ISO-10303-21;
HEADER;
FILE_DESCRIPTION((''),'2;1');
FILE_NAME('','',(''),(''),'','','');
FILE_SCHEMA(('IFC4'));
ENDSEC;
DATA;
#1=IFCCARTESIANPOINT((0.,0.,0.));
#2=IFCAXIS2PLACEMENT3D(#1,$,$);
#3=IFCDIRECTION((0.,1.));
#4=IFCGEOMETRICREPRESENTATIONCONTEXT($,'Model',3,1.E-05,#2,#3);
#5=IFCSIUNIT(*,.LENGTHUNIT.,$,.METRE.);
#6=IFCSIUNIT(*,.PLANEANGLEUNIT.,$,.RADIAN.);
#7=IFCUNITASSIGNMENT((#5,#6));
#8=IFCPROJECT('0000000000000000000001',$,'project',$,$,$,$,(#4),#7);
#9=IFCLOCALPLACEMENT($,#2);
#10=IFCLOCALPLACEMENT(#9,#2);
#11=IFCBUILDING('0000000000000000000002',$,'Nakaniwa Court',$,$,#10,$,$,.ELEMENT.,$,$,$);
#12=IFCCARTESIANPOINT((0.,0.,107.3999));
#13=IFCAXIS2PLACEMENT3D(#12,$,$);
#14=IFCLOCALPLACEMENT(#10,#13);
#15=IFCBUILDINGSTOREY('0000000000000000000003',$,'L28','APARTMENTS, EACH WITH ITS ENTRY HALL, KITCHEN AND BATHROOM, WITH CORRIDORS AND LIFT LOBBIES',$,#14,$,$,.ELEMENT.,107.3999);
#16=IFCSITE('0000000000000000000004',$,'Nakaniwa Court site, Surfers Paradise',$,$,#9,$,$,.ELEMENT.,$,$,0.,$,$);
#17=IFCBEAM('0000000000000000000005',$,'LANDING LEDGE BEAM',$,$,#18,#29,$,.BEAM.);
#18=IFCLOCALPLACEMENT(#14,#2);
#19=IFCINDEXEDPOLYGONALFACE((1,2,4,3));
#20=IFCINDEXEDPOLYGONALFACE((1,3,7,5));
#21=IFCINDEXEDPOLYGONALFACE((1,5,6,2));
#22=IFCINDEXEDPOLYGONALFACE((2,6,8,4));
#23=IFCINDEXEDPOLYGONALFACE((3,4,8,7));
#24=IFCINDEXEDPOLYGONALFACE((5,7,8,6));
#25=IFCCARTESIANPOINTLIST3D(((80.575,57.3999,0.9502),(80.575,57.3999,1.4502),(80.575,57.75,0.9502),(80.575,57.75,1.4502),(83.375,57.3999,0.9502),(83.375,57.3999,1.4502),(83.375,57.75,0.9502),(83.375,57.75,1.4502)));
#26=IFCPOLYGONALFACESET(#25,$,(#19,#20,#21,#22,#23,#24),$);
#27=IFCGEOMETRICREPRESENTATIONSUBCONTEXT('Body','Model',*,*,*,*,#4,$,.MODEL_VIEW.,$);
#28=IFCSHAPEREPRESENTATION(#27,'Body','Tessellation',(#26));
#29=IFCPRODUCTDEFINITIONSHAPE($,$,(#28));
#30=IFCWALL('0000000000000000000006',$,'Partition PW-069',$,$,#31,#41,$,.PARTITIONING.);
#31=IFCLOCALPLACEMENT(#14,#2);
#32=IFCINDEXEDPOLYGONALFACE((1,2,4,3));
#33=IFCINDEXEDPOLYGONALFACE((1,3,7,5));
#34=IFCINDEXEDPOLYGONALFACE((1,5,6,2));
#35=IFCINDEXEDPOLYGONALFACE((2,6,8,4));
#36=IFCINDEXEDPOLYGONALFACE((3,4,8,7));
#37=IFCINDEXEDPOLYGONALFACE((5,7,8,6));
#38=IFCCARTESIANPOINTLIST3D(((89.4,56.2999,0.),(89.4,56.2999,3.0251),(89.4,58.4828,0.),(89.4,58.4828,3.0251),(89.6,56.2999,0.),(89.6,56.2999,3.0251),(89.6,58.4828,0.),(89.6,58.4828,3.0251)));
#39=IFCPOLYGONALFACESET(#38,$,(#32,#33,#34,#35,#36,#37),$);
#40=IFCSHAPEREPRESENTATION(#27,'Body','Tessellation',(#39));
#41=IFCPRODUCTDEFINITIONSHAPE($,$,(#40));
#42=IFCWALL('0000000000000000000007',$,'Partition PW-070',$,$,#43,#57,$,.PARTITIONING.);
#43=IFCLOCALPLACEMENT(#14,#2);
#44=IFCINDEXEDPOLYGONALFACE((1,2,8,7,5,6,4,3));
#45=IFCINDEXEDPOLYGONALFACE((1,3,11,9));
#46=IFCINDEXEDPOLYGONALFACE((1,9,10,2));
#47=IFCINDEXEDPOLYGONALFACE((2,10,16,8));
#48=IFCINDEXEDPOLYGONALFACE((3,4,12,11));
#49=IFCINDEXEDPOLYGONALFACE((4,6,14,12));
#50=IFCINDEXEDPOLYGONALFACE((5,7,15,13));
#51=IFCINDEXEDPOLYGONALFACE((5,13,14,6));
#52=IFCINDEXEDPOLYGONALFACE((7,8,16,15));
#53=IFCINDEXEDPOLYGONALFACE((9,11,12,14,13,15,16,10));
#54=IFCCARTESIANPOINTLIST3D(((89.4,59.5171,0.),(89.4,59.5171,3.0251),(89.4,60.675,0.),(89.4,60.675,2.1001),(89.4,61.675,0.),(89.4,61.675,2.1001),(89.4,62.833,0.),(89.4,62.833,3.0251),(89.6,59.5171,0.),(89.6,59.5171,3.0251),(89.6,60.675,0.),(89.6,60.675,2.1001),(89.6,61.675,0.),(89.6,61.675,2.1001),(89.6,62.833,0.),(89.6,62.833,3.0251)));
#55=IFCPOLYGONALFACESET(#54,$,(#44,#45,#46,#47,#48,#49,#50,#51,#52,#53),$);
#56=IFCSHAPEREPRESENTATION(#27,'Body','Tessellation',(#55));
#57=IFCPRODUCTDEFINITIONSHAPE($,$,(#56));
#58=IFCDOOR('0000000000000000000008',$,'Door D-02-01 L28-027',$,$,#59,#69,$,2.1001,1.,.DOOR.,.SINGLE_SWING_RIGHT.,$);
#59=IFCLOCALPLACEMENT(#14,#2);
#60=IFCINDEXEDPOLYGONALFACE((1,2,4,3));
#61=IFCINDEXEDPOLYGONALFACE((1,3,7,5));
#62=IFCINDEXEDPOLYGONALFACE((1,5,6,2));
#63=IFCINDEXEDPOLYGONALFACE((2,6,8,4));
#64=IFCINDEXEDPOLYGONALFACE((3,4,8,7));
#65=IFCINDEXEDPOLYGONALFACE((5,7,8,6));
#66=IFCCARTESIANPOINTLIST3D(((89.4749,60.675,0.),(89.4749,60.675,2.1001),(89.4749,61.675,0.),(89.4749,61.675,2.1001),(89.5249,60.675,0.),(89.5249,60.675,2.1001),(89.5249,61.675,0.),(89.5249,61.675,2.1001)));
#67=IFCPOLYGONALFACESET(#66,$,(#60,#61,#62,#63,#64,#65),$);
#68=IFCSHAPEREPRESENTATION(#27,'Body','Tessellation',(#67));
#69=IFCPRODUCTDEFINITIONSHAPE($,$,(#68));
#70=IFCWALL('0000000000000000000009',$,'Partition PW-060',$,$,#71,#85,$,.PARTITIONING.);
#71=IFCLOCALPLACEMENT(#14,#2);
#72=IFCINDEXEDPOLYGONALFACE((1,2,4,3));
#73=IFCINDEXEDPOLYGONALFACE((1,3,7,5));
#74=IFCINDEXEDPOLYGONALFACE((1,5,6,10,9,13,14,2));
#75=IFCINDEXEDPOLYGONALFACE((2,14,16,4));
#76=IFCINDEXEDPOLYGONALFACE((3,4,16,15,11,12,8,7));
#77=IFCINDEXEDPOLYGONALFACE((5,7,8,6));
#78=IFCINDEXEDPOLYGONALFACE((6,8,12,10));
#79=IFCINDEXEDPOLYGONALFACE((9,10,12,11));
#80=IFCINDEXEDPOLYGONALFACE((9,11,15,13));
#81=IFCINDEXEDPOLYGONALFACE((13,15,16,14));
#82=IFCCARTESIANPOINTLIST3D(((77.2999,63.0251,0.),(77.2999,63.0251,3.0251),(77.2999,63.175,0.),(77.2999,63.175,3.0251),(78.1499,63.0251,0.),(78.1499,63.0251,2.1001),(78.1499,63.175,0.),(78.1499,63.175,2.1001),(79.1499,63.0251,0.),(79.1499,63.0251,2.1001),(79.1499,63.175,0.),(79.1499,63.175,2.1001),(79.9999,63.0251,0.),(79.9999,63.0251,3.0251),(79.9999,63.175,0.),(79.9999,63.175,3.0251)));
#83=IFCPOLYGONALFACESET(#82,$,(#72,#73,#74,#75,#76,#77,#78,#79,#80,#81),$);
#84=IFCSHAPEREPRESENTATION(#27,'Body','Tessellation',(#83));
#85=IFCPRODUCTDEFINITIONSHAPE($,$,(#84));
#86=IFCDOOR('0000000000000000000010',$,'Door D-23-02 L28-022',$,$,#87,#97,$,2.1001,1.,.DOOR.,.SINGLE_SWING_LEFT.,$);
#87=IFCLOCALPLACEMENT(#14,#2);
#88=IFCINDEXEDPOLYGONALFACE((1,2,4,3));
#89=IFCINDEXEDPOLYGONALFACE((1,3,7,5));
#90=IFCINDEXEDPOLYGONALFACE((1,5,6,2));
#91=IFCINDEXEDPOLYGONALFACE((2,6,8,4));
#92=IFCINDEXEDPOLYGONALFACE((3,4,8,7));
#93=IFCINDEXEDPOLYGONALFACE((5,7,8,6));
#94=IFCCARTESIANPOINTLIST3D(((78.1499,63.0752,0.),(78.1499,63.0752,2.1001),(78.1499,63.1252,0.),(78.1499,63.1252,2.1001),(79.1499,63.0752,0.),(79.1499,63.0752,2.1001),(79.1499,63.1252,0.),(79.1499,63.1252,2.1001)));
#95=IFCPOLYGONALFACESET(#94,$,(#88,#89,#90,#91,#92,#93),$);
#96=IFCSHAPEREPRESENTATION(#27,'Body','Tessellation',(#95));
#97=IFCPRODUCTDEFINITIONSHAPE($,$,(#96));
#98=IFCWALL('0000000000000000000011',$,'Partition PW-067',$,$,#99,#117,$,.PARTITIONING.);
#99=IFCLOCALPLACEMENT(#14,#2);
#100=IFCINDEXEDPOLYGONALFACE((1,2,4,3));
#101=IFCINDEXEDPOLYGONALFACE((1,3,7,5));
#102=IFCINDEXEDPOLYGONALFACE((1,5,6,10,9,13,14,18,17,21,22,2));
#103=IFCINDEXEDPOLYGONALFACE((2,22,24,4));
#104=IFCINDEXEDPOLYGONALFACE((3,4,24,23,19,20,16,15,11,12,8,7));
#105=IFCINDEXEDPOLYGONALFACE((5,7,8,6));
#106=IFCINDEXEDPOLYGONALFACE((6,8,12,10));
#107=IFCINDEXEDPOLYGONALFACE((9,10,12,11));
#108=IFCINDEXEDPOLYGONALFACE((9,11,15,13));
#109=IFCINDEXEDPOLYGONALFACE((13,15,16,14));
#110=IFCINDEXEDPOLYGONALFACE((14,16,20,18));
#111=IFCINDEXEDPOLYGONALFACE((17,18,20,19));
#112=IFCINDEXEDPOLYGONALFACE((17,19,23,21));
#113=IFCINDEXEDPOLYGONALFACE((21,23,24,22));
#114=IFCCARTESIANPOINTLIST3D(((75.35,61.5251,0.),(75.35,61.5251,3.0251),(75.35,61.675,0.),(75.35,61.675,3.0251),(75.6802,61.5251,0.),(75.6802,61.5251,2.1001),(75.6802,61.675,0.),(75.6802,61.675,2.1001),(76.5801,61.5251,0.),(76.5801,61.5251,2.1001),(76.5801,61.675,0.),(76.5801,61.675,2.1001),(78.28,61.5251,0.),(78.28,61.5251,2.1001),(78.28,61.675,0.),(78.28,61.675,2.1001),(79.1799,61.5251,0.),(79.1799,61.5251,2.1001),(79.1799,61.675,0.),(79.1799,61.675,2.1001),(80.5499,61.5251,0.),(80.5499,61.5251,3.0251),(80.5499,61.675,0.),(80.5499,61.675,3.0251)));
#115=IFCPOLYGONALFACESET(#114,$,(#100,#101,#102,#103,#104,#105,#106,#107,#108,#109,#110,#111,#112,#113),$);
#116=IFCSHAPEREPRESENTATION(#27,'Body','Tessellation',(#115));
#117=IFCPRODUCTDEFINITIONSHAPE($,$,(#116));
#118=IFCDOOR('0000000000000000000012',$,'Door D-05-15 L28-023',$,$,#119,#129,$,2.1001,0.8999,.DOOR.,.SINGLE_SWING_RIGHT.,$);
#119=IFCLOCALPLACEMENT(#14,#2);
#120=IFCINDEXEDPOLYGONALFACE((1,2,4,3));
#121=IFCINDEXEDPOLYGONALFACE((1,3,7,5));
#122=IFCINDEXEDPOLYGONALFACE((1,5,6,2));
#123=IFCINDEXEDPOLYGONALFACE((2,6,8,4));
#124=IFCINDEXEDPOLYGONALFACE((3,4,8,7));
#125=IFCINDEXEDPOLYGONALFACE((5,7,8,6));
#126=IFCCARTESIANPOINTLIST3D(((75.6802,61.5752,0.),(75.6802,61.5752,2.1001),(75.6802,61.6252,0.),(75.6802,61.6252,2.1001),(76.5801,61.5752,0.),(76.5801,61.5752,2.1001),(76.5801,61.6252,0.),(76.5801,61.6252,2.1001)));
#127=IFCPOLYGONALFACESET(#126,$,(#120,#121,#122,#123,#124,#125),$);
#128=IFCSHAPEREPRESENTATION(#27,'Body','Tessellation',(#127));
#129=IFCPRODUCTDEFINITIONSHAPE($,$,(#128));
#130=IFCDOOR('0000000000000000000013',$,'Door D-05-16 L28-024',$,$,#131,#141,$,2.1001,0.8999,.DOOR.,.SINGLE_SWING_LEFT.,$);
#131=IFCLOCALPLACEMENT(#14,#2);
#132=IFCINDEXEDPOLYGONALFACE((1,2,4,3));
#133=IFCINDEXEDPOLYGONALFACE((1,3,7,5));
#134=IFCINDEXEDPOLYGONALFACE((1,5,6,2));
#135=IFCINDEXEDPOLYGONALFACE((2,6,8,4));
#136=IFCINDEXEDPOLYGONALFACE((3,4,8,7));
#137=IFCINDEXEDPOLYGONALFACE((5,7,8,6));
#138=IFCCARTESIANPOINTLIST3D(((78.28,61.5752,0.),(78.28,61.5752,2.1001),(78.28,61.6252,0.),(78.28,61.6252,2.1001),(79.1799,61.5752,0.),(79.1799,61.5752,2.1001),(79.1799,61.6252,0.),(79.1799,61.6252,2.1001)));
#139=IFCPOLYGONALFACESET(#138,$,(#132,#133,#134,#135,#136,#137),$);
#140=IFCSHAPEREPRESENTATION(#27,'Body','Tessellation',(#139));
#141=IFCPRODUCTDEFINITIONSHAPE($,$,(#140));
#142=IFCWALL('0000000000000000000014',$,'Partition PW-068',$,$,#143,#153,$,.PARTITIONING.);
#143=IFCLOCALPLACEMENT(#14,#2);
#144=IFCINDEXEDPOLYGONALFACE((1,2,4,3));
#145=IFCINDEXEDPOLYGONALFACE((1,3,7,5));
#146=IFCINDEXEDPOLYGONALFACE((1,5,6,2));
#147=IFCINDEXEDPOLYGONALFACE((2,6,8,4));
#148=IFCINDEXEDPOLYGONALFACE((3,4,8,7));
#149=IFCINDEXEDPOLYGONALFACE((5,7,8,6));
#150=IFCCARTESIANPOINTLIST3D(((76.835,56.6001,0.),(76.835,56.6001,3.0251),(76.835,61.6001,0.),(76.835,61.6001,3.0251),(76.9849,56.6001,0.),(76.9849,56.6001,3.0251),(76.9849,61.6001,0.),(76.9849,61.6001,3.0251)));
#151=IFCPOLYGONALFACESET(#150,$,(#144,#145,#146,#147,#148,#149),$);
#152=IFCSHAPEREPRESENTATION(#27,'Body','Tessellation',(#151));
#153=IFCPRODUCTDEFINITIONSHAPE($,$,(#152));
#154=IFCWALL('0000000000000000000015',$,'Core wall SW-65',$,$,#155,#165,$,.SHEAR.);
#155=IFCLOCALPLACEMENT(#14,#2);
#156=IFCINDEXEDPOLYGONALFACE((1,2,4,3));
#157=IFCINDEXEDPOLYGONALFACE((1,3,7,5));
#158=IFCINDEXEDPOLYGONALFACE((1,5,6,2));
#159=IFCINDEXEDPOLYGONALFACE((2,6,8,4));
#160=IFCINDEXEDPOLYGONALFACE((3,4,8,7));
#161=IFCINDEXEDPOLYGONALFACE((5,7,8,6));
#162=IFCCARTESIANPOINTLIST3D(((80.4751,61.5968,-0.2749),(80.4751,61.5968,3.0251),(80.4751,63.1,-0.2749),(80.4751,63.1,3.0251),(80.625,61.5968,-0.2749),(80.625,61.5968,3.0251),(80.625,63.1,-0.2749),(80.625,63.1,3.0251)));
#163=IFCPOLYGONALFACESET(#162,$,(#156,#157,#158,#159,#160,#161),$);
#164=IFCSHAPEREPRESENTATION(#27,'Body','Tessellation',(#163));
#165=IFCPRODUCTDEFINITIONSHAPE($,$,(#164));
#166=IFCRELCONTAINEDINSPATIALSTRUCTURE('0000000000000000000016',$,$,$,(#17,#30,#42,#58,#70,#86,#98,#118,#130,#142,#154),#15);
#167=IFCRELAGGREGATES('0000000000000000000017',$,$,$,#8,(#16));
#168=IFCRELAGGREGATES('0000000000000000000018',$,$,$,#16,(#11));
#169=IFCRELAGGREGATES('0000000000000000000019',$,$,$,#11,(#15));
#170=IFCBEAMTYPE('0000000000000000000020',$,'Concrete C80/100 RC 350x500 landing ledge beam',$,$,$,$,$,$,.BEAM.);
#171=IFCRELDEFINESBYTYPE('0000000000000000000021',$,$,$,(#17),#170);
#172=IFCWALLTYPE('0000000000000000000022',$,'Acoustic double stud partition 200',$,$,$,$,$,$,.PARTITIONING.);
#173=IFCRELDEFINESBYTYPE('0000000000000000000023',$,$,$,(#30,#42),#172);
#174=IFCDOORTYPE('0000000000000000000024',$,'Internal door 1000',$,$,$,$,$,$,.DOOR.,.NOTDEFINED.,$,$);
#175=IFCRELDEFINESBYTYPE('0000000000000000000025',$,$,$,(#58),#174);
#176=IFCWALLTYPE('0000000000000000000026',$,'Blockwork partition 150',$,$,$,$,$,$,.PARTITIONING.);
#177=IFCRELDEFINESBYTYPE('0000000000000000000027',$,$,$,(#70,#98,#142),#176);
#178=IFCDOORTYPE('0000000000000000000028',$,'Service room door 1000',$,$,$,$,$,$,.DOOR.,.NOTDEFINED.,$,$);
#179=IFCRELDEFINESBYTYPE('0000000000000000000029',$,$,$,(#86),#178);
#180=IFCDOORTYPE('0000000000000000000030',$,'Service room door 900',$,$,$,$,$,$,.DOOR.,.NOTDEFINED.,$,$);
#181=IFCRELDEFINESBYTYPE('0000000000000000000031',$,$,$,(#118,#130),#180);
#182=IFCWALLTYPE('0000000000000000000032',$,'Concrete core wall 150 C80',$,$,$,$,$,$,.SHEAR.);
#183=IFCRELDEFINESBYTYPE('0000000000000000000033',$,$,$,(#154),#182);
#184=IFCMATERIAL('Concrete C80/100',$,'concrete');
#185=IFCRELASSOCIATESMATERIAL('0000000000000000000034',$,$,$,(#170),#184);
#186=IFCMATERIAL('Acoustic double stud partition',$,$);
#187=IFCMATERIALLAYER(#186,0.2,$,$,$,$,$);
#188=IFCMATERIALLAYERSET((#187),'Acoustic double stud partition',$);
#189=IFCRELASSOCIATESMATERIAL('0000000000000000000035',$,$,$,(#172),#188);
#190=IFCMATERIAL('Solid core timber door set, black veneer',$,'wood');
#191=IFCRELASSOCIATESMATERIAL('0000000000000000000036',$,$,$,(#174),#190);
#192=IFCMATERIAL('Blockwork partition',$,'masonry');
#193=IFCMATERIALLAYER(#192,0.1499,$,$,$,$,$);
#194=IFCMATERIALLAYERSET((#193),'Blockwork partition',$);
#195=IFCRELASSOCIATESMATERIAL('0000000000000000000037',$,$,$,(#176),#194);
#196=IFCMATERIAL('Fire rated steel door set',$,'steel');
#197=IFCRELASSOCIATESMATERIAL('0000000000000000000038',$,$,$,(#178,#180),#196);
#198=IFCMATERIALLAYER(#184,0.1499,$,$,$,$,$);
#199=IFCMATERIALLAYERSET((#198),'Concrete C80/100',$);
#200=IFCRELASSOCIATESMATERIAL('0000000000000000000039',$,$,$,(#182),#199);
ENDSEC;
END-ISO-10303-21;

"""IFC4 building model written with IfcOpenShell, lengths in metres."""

from ifc_helpers import new_model, si_unit, direction, frame, frame_2d, origin, origin_2d, place, context, subcontext, project, spatial, rectangle, extrude, material, layer, layer_set, material_profile, profile_set, type_object, element, fill, save


model = new_model("IFC4")

# Units and contexts
model_context = context("Model", 3, precision=1e-05, world=origin(), true_north=direction((0.0, 1.0)))
body_context = subcontext(model_context, "Body", "Model", "MODEL_VIEW")
ifc_project = project(units=[si_unit("LENGTHUNIT", "METRE"), si_unit("PLANEANGLEUNIT", "RADIAN")], contexts=[model_context])

# Site, building, storey
site_placement = place(None, origin())
site = spatial("IfcSite", under=ifc_project, at=site_placement, Name="Nakaniwa Court site, Surfers Paradise", CompositionType="ELEMENT", RefElevation=0.0)
building_placement = place(site_placement, origin())
building = spatial("IfcBuilding", under=site, at=building_placement, Name="Nakaniwa Court", CompositionType="ELEMENT")
storey_placement = place(building_placement, frame((0.0, 0.0, 107.3999)))
storey = spatial("IfcBuildingStorey", under=building, at=storey_placement, Name="L28", Description="APARTMENTS, EACH WITH ITS ENTRY HALL, KITCHEN AND BATHROOM, WITH CORRIDORS AND LIFT LOBBIES", CompositionType="ELEMENT", Elevation=107.3999)

# Beam
ifc_material_1 = material(Name="Concrete C80/100", Category="concrete")
ifc_material_profile = material_profile(ifc_material_1, rectangle(XDim=0.3501, YDim=0.5, at=origin_2d()), Name="Concrete C80/100 RC 350x500 landing ledge beam")
ifc_profile_set = profile_set([ifc_material_profile], Name="Concrete C80/100")
beam_type = type_object("IfcBeamType", Name="Concrete C80/100 RC 350x500 landing ledge beam", PredefinedType="BEAM", material=ifc_profile_set)
beam_placement = place(storey_placement, frame((80.575, 57.575, 1.2002), z_axis=(1.0, 0.0, 0.0), x_axis=(0.0, 1.0, 0.0)))
element("IfcBeam", 1, at=beam_placement, inside=storey, type_object=beam_type, Name="LANDING LEDGE BEAM", PredefinedType="BEAM", context=body_context, shape_type="SweptSolid", body=[
    extrude(rectangle(XDim=0.3501, YDim=0.5, at=origin_2d()), origin(), (0.0, 0.0, 1.0), 2.8),
])

# Wall
ifc_material_2 = material(Name="Acoustic double stud partition")
ifc_layer_1 = layer(ifc_material_2, 0.2)
ifc_layer_set_1 = layer_set([ifc_layer_1], Name="Acoustic double stud partition")
wall_type_1 = type_object("IfcWallType", Name="Acoustic double stud partition 200", PredefinedType="PARTITIONING", material=ifc_layer_set_1)
wall_1_placement = place(storey_placement, frame((89.5, 56.3, 0.0), z_axis=(0.0, 0.0, 1.0), x_axis=(0.0, 1.0, 0.0)))
element("IfcWall", 2, at=wall_1_placement, inside=storey, type_object=wall_type_1, Name="Partition PW-069", PredefinedType="PARTITIONING", context=body_context, shape_type="SweptSolid", body=[
    extrude(rectangle(XDim=2.1829, YDim=0.2, at=frame_2d((1.0913, 0.0))), origin(), (0.0, 0.0, 1.0), 3.0251),
])

# Walls, openings, doors
wall_2_placement = place(storey_placement, frame((89.5, 62.833, 0.0), z_axis=(0.0, 0.0, 1.0), x_axis=(0.0, -1.0, 0.0)))
wall_2 = element("IfcWall", 3, at=wall_2_placement, inside=storey, type_object=wall_type_1, Name="Partition PW-070", PredefinedType="PARTITIONING", context=body_context, shape_type="SweptSolid", body=[
    extrude(rectangle(XDim=3.3159, YDim=0.2, at=frame_2d((1.658, 0.0))), origin(), (0.0, 0.0, 1.0), 3.0251),
])
opening_1_placement = place(wall_2_placement, frame((1.158, 0.0, 0.0)))
opening_1 = element("IfcOpeningElement", 4, at=opening_1_placement, cuts=wall_2, PredefinedType="OPENING", context=body_context, shape_type="SweptSolid", body=[
    extrude(rectangle(XDim=1.0, YDim=2.1001, at=frame_2d((0.5, 1.05))), frame((0.0, 0.1099, 0.0), z_axis=(0.0, -1.0, 0.0), x_axis=(1.0, 0.0, 0.0)), (0.0, 0.0, 1.0), 0.22),
])
ifc_material_3 = material(Name="Solid core timber door set, black veneer", Category="wood")
door_type_1 = type_object("IfcDoorType", Name="Internal door 1000", OperationType="NOTDEFINED", PredefinedType="DOOR", material=ifc_material_3)
door_1_placement = place(opening_1_placement, origin())
door_1 = element("IfcDoor", 5, at=door_1_placement, inside=storey, type_object=door_type_1, Name="Door D-02-01 L28-027", OperationType="SINGLE_SWING_RIGHT", OverallHeight=2.1001, OverallWidth=1.0, PredefinedType="DOOR", context=body_context, shape_type="SweptSolid", body=[
    extrude(rectangle(XDim=1.0, YDim=2.1001, at=frame_2d((0.5, 1.05))), frame((0.0, 0.0249, 0.0), z_axis=(0.0, -1.0, 0.0), x_axis=(1.0, 0.0, 0.0)), (0.0, 0.0, 1.0), 0.05),
])
fill(opening_1, door_1)
ifc_material_4 = material(Name="Blockwork partition", Category="masonry")
ifc_layer_2 = layer(ifc_material_4, 0.1499)
ifc_layer_set_2 = layer_set([ifc_layer_2], Name="Blockwork partition")
wall_type_2 = type_object("IfcWallType", Name="Blockwork partition 150", PredefinedType="PARTITIONING", material=ifc_layer_set_2)
wall_3_placement = place(storey_placement, frame((80.0, 63.1001, 0.0), z_axis=(0.0, 0.0, 1.0), x_axis=(-1.0, 0.0, 0.0)))
wall_3 = element("IfcWall", 6, at=wall_3_placement, inside=storey, type_object=wall_type_2, Name="Partition PW-060", PredefinedType="PARTITIONING", context=body_context, shape_type="SweptSolid", body=[
    extrude(rectangle(XDim=2.7, YDim=0.1499, at=frame_2d((1.3501, 0.0))), origin(), (0.0, 0.0, 1.0), 3.0251),
])
opening_2_placement = place(wall_3_placement, frame((0.8501, 0.0, 0.0)))
opening_2 = element("IfcOpeningElement", 7, at=opening_2_placement, cuts=wall_3, PredefinedType="OPENING", context=body_context, shape_type="SweptSolid", body=[
    extrude(rectangle(XDim=1.0, YDim=2.1001, at=frame_2d((0.5, 1.05))), frame((0.0, 0.085, 0.0), z_axis=(0.0, -1.0, 0.0), x_axis=(1.0, 0.0, 0.0)), (0.0, 0.0, 1.0), 0.1699),
])
ifc_material_5 = material(Name="Fire rated steel door set", Category="steel")
door_type_2 = type_object("IfcDoorType", Name="Service room door 1000", OperationType="NOTDEFINED", PredefinedType="DOOR", material=ifc_material_5)
door_2_placement = place(opening_2_placement, origin())
door_2 = element("IfcDoor", 8, at=door_2_placement, inside=storey, type_object=door_type_2, Name="Door D-23-02 L28-022", OperationType="SINGLE_SWING_LEFT", OverallHeight=2.1001, OverallWidth=1.0, PredefinedType="DOOR", context=body_context, shape_type="SweptSolid", body=[
    extrude(rectangle(XDim=1.0, YDim=2.1001, at=frame_2d((0.5, 1.05))), frame((0.0, 0.0249, 0.0), z_axis=(0.0, -1.0, 0.0), x_axis=(1.0, 0.0, 0.0)), (0.0, 0.0, 1.0), 0.05),
])
fill(opening_2, door_2)

# Wall, openings, doors
wall_4_placement = place(storey_placement, frame((80.55, 61.6001, 0.0), z_axis=(0.0, 0.0, 1.0), x_axis=(-1.0, 0.0, 0.0)))
wall_4 = element("IfcWall", 9, at=wall_4_placement, inside=storey, type_object=wall_type_2, Name="Partition PW-067", PredefinedType="PARTITIONING", context=body_context, shape_type="SweptSolid", body=[
    extrude(rectangle(XDim=5.2, YDim=0.1499, at=frame_2d((2.6001, 0.0))), origin(), (0.0, 0.0, 1.0), 3.0251),
])
opening_3_placement = place(wall_4_placement, frame((3.97, 0.0, 0.0)))
opening_3 = element("IfcOpeningElement", 10, at=opening_3_placement, cuts=wall_4, PredefinedType="OPENING", context=body_context, shape_type="SweptSolid", body=[
    extrude(rectangle(XDim=0.8999, YDim=2.1001, at=frame_2d((0.45, 1.05))), frame((0.0, 0.085, 0.0), z_axis=(0.0, -1.0, 0.0), x_axis=(1.0, 0.0, 0.0)), (0.0, 0.0, 1.0), 0.1699),
])
opening_4_placement = place(wall_4_placement, frame((1.3701, 0.0, 0.0)))
opening_4 = element("IfcOpeningElement", 11, at=opening_4_placement, cuts=wall_4, PredefinedType="OPENING", context=body_context, shape_type="SweptSolid", body=[
    extrude(rectangle(XDim=0.8999, YDim=2.1001, at=frame_2d((0.45, 1.05))), frame((0.0, 0.085, 0.0), z_axis=(0.0, -1.0, 0.0), x_axis=(1.0, 0.0, 0.0)), (0.0, 0.0, 1.0), 0.1699),
])
door_type_3 = type_object("IfcDoorType", Name="Service room door 900", OperationType="NOTDEFINED", PredefinedType="DOOR", material=ifc_material_5)
door_3_placement = place(opening_3_placement, origin())
door_3 = element("IfcDoor", 12, at=door_3_placement, inside=storey, type_object=door_type_3, Name="Door D-05-15 L28-023", OperationType="SINGLE_SWING_RIGHT", OverallHeight=2.1001, OverallWidth=0.8999, PredefinedType="DOOR", context=body_context, shape_type="SweptSolid", body=[
    extrude(rectangle(XDim=0.8999, YDim=2.1001, at=frame_2d((0.45, 1.05))), frame((0.0, 0.0249, 0.0), z_axis=(0.0, -1.0, 0.0), x_axis=(1.0, 0.0, 0.0)), (0.0, 0.0, 1.0), 0.05),
])
fill(opening_3, door_3)
door_4_placement = place(opening_4_placement, origin())
door_4 = element("IfcDoor", 13, at=door_4_placement, inside=storey, type_object=door_type_3, Name="Door D-05-16 L28-024", OperationType="SINGLE_SWING_LEFT", OverallHeight=2.1001, OverallWidth=0.8999, PredefinedType="DOOR", context=body_context, shape_type="SweptSolid", body=[
    extrude(rectangle(XDim=0.8999, YDim=2.1001, at=frame_2d((0.45, 1.05))), frame((0.0, 0.0249, 0.0), z_axis=(0.0, -1.0, 0.0), x_axis=(1.0, 0.0, 0.0)), (0.0, 0.0, 1.0), 0.05),
])
fill(opening_4, door_4)

# Walls
wall_5_placement = place(storey_placement, frame((76.9099, 56.6001, 0.0), z_axis=(0.0, 0.0, 1.0), x_axis=(0.0, 1.0, 0.0)))
element("IfcWall", 14, at=wall_5_placement, inside=storey, type_object=wall_type_2, Name="Partition PW-068", PredefinedType="PARTITIONING", context=body_context, shape_type="SweptSolid", body=[
    extrude(rectangle(XDim=5.0, YDim=0.1499, at=frame_2d((2.5, 0.0))), origin(), (0.0, 0.0, 1.0), 3.0251),
])
ifc_layer_3 = layer(ifc_material_1, 0.1499)
ifc_layer_set_3 = layer_set([ifc_layer_3], Name="Concrete C80/100")
wall_type_3 = type_object("IfcWallType", Name="Concrete core wall 150 C80", PredefinedType="SHEAR", material=ifc_layer_set_3)
wall_6_placement = place(storey_placement, frame((80.55, 61.5969, -0.2749), z_axis=(0.0, 0.0, 1.0), x_axis=(0.0, 1.0, 0.0)))
element("IfcWall", 15, at=wall_6_placement, inside=storey, type_object=wall_type_3, Name="Core wall SW-65", PredefinedType="SHEAR", context=body_context, shape_type="SweptSolid", body=[
    extrude(rectangle(XDim=1.5032, YDim=0.1499, at=frame_2d((0.7515, 0.0))), origin(), (0.0, 0.0, 1.0), 3.3),
])

save(model, "model.ifc")
